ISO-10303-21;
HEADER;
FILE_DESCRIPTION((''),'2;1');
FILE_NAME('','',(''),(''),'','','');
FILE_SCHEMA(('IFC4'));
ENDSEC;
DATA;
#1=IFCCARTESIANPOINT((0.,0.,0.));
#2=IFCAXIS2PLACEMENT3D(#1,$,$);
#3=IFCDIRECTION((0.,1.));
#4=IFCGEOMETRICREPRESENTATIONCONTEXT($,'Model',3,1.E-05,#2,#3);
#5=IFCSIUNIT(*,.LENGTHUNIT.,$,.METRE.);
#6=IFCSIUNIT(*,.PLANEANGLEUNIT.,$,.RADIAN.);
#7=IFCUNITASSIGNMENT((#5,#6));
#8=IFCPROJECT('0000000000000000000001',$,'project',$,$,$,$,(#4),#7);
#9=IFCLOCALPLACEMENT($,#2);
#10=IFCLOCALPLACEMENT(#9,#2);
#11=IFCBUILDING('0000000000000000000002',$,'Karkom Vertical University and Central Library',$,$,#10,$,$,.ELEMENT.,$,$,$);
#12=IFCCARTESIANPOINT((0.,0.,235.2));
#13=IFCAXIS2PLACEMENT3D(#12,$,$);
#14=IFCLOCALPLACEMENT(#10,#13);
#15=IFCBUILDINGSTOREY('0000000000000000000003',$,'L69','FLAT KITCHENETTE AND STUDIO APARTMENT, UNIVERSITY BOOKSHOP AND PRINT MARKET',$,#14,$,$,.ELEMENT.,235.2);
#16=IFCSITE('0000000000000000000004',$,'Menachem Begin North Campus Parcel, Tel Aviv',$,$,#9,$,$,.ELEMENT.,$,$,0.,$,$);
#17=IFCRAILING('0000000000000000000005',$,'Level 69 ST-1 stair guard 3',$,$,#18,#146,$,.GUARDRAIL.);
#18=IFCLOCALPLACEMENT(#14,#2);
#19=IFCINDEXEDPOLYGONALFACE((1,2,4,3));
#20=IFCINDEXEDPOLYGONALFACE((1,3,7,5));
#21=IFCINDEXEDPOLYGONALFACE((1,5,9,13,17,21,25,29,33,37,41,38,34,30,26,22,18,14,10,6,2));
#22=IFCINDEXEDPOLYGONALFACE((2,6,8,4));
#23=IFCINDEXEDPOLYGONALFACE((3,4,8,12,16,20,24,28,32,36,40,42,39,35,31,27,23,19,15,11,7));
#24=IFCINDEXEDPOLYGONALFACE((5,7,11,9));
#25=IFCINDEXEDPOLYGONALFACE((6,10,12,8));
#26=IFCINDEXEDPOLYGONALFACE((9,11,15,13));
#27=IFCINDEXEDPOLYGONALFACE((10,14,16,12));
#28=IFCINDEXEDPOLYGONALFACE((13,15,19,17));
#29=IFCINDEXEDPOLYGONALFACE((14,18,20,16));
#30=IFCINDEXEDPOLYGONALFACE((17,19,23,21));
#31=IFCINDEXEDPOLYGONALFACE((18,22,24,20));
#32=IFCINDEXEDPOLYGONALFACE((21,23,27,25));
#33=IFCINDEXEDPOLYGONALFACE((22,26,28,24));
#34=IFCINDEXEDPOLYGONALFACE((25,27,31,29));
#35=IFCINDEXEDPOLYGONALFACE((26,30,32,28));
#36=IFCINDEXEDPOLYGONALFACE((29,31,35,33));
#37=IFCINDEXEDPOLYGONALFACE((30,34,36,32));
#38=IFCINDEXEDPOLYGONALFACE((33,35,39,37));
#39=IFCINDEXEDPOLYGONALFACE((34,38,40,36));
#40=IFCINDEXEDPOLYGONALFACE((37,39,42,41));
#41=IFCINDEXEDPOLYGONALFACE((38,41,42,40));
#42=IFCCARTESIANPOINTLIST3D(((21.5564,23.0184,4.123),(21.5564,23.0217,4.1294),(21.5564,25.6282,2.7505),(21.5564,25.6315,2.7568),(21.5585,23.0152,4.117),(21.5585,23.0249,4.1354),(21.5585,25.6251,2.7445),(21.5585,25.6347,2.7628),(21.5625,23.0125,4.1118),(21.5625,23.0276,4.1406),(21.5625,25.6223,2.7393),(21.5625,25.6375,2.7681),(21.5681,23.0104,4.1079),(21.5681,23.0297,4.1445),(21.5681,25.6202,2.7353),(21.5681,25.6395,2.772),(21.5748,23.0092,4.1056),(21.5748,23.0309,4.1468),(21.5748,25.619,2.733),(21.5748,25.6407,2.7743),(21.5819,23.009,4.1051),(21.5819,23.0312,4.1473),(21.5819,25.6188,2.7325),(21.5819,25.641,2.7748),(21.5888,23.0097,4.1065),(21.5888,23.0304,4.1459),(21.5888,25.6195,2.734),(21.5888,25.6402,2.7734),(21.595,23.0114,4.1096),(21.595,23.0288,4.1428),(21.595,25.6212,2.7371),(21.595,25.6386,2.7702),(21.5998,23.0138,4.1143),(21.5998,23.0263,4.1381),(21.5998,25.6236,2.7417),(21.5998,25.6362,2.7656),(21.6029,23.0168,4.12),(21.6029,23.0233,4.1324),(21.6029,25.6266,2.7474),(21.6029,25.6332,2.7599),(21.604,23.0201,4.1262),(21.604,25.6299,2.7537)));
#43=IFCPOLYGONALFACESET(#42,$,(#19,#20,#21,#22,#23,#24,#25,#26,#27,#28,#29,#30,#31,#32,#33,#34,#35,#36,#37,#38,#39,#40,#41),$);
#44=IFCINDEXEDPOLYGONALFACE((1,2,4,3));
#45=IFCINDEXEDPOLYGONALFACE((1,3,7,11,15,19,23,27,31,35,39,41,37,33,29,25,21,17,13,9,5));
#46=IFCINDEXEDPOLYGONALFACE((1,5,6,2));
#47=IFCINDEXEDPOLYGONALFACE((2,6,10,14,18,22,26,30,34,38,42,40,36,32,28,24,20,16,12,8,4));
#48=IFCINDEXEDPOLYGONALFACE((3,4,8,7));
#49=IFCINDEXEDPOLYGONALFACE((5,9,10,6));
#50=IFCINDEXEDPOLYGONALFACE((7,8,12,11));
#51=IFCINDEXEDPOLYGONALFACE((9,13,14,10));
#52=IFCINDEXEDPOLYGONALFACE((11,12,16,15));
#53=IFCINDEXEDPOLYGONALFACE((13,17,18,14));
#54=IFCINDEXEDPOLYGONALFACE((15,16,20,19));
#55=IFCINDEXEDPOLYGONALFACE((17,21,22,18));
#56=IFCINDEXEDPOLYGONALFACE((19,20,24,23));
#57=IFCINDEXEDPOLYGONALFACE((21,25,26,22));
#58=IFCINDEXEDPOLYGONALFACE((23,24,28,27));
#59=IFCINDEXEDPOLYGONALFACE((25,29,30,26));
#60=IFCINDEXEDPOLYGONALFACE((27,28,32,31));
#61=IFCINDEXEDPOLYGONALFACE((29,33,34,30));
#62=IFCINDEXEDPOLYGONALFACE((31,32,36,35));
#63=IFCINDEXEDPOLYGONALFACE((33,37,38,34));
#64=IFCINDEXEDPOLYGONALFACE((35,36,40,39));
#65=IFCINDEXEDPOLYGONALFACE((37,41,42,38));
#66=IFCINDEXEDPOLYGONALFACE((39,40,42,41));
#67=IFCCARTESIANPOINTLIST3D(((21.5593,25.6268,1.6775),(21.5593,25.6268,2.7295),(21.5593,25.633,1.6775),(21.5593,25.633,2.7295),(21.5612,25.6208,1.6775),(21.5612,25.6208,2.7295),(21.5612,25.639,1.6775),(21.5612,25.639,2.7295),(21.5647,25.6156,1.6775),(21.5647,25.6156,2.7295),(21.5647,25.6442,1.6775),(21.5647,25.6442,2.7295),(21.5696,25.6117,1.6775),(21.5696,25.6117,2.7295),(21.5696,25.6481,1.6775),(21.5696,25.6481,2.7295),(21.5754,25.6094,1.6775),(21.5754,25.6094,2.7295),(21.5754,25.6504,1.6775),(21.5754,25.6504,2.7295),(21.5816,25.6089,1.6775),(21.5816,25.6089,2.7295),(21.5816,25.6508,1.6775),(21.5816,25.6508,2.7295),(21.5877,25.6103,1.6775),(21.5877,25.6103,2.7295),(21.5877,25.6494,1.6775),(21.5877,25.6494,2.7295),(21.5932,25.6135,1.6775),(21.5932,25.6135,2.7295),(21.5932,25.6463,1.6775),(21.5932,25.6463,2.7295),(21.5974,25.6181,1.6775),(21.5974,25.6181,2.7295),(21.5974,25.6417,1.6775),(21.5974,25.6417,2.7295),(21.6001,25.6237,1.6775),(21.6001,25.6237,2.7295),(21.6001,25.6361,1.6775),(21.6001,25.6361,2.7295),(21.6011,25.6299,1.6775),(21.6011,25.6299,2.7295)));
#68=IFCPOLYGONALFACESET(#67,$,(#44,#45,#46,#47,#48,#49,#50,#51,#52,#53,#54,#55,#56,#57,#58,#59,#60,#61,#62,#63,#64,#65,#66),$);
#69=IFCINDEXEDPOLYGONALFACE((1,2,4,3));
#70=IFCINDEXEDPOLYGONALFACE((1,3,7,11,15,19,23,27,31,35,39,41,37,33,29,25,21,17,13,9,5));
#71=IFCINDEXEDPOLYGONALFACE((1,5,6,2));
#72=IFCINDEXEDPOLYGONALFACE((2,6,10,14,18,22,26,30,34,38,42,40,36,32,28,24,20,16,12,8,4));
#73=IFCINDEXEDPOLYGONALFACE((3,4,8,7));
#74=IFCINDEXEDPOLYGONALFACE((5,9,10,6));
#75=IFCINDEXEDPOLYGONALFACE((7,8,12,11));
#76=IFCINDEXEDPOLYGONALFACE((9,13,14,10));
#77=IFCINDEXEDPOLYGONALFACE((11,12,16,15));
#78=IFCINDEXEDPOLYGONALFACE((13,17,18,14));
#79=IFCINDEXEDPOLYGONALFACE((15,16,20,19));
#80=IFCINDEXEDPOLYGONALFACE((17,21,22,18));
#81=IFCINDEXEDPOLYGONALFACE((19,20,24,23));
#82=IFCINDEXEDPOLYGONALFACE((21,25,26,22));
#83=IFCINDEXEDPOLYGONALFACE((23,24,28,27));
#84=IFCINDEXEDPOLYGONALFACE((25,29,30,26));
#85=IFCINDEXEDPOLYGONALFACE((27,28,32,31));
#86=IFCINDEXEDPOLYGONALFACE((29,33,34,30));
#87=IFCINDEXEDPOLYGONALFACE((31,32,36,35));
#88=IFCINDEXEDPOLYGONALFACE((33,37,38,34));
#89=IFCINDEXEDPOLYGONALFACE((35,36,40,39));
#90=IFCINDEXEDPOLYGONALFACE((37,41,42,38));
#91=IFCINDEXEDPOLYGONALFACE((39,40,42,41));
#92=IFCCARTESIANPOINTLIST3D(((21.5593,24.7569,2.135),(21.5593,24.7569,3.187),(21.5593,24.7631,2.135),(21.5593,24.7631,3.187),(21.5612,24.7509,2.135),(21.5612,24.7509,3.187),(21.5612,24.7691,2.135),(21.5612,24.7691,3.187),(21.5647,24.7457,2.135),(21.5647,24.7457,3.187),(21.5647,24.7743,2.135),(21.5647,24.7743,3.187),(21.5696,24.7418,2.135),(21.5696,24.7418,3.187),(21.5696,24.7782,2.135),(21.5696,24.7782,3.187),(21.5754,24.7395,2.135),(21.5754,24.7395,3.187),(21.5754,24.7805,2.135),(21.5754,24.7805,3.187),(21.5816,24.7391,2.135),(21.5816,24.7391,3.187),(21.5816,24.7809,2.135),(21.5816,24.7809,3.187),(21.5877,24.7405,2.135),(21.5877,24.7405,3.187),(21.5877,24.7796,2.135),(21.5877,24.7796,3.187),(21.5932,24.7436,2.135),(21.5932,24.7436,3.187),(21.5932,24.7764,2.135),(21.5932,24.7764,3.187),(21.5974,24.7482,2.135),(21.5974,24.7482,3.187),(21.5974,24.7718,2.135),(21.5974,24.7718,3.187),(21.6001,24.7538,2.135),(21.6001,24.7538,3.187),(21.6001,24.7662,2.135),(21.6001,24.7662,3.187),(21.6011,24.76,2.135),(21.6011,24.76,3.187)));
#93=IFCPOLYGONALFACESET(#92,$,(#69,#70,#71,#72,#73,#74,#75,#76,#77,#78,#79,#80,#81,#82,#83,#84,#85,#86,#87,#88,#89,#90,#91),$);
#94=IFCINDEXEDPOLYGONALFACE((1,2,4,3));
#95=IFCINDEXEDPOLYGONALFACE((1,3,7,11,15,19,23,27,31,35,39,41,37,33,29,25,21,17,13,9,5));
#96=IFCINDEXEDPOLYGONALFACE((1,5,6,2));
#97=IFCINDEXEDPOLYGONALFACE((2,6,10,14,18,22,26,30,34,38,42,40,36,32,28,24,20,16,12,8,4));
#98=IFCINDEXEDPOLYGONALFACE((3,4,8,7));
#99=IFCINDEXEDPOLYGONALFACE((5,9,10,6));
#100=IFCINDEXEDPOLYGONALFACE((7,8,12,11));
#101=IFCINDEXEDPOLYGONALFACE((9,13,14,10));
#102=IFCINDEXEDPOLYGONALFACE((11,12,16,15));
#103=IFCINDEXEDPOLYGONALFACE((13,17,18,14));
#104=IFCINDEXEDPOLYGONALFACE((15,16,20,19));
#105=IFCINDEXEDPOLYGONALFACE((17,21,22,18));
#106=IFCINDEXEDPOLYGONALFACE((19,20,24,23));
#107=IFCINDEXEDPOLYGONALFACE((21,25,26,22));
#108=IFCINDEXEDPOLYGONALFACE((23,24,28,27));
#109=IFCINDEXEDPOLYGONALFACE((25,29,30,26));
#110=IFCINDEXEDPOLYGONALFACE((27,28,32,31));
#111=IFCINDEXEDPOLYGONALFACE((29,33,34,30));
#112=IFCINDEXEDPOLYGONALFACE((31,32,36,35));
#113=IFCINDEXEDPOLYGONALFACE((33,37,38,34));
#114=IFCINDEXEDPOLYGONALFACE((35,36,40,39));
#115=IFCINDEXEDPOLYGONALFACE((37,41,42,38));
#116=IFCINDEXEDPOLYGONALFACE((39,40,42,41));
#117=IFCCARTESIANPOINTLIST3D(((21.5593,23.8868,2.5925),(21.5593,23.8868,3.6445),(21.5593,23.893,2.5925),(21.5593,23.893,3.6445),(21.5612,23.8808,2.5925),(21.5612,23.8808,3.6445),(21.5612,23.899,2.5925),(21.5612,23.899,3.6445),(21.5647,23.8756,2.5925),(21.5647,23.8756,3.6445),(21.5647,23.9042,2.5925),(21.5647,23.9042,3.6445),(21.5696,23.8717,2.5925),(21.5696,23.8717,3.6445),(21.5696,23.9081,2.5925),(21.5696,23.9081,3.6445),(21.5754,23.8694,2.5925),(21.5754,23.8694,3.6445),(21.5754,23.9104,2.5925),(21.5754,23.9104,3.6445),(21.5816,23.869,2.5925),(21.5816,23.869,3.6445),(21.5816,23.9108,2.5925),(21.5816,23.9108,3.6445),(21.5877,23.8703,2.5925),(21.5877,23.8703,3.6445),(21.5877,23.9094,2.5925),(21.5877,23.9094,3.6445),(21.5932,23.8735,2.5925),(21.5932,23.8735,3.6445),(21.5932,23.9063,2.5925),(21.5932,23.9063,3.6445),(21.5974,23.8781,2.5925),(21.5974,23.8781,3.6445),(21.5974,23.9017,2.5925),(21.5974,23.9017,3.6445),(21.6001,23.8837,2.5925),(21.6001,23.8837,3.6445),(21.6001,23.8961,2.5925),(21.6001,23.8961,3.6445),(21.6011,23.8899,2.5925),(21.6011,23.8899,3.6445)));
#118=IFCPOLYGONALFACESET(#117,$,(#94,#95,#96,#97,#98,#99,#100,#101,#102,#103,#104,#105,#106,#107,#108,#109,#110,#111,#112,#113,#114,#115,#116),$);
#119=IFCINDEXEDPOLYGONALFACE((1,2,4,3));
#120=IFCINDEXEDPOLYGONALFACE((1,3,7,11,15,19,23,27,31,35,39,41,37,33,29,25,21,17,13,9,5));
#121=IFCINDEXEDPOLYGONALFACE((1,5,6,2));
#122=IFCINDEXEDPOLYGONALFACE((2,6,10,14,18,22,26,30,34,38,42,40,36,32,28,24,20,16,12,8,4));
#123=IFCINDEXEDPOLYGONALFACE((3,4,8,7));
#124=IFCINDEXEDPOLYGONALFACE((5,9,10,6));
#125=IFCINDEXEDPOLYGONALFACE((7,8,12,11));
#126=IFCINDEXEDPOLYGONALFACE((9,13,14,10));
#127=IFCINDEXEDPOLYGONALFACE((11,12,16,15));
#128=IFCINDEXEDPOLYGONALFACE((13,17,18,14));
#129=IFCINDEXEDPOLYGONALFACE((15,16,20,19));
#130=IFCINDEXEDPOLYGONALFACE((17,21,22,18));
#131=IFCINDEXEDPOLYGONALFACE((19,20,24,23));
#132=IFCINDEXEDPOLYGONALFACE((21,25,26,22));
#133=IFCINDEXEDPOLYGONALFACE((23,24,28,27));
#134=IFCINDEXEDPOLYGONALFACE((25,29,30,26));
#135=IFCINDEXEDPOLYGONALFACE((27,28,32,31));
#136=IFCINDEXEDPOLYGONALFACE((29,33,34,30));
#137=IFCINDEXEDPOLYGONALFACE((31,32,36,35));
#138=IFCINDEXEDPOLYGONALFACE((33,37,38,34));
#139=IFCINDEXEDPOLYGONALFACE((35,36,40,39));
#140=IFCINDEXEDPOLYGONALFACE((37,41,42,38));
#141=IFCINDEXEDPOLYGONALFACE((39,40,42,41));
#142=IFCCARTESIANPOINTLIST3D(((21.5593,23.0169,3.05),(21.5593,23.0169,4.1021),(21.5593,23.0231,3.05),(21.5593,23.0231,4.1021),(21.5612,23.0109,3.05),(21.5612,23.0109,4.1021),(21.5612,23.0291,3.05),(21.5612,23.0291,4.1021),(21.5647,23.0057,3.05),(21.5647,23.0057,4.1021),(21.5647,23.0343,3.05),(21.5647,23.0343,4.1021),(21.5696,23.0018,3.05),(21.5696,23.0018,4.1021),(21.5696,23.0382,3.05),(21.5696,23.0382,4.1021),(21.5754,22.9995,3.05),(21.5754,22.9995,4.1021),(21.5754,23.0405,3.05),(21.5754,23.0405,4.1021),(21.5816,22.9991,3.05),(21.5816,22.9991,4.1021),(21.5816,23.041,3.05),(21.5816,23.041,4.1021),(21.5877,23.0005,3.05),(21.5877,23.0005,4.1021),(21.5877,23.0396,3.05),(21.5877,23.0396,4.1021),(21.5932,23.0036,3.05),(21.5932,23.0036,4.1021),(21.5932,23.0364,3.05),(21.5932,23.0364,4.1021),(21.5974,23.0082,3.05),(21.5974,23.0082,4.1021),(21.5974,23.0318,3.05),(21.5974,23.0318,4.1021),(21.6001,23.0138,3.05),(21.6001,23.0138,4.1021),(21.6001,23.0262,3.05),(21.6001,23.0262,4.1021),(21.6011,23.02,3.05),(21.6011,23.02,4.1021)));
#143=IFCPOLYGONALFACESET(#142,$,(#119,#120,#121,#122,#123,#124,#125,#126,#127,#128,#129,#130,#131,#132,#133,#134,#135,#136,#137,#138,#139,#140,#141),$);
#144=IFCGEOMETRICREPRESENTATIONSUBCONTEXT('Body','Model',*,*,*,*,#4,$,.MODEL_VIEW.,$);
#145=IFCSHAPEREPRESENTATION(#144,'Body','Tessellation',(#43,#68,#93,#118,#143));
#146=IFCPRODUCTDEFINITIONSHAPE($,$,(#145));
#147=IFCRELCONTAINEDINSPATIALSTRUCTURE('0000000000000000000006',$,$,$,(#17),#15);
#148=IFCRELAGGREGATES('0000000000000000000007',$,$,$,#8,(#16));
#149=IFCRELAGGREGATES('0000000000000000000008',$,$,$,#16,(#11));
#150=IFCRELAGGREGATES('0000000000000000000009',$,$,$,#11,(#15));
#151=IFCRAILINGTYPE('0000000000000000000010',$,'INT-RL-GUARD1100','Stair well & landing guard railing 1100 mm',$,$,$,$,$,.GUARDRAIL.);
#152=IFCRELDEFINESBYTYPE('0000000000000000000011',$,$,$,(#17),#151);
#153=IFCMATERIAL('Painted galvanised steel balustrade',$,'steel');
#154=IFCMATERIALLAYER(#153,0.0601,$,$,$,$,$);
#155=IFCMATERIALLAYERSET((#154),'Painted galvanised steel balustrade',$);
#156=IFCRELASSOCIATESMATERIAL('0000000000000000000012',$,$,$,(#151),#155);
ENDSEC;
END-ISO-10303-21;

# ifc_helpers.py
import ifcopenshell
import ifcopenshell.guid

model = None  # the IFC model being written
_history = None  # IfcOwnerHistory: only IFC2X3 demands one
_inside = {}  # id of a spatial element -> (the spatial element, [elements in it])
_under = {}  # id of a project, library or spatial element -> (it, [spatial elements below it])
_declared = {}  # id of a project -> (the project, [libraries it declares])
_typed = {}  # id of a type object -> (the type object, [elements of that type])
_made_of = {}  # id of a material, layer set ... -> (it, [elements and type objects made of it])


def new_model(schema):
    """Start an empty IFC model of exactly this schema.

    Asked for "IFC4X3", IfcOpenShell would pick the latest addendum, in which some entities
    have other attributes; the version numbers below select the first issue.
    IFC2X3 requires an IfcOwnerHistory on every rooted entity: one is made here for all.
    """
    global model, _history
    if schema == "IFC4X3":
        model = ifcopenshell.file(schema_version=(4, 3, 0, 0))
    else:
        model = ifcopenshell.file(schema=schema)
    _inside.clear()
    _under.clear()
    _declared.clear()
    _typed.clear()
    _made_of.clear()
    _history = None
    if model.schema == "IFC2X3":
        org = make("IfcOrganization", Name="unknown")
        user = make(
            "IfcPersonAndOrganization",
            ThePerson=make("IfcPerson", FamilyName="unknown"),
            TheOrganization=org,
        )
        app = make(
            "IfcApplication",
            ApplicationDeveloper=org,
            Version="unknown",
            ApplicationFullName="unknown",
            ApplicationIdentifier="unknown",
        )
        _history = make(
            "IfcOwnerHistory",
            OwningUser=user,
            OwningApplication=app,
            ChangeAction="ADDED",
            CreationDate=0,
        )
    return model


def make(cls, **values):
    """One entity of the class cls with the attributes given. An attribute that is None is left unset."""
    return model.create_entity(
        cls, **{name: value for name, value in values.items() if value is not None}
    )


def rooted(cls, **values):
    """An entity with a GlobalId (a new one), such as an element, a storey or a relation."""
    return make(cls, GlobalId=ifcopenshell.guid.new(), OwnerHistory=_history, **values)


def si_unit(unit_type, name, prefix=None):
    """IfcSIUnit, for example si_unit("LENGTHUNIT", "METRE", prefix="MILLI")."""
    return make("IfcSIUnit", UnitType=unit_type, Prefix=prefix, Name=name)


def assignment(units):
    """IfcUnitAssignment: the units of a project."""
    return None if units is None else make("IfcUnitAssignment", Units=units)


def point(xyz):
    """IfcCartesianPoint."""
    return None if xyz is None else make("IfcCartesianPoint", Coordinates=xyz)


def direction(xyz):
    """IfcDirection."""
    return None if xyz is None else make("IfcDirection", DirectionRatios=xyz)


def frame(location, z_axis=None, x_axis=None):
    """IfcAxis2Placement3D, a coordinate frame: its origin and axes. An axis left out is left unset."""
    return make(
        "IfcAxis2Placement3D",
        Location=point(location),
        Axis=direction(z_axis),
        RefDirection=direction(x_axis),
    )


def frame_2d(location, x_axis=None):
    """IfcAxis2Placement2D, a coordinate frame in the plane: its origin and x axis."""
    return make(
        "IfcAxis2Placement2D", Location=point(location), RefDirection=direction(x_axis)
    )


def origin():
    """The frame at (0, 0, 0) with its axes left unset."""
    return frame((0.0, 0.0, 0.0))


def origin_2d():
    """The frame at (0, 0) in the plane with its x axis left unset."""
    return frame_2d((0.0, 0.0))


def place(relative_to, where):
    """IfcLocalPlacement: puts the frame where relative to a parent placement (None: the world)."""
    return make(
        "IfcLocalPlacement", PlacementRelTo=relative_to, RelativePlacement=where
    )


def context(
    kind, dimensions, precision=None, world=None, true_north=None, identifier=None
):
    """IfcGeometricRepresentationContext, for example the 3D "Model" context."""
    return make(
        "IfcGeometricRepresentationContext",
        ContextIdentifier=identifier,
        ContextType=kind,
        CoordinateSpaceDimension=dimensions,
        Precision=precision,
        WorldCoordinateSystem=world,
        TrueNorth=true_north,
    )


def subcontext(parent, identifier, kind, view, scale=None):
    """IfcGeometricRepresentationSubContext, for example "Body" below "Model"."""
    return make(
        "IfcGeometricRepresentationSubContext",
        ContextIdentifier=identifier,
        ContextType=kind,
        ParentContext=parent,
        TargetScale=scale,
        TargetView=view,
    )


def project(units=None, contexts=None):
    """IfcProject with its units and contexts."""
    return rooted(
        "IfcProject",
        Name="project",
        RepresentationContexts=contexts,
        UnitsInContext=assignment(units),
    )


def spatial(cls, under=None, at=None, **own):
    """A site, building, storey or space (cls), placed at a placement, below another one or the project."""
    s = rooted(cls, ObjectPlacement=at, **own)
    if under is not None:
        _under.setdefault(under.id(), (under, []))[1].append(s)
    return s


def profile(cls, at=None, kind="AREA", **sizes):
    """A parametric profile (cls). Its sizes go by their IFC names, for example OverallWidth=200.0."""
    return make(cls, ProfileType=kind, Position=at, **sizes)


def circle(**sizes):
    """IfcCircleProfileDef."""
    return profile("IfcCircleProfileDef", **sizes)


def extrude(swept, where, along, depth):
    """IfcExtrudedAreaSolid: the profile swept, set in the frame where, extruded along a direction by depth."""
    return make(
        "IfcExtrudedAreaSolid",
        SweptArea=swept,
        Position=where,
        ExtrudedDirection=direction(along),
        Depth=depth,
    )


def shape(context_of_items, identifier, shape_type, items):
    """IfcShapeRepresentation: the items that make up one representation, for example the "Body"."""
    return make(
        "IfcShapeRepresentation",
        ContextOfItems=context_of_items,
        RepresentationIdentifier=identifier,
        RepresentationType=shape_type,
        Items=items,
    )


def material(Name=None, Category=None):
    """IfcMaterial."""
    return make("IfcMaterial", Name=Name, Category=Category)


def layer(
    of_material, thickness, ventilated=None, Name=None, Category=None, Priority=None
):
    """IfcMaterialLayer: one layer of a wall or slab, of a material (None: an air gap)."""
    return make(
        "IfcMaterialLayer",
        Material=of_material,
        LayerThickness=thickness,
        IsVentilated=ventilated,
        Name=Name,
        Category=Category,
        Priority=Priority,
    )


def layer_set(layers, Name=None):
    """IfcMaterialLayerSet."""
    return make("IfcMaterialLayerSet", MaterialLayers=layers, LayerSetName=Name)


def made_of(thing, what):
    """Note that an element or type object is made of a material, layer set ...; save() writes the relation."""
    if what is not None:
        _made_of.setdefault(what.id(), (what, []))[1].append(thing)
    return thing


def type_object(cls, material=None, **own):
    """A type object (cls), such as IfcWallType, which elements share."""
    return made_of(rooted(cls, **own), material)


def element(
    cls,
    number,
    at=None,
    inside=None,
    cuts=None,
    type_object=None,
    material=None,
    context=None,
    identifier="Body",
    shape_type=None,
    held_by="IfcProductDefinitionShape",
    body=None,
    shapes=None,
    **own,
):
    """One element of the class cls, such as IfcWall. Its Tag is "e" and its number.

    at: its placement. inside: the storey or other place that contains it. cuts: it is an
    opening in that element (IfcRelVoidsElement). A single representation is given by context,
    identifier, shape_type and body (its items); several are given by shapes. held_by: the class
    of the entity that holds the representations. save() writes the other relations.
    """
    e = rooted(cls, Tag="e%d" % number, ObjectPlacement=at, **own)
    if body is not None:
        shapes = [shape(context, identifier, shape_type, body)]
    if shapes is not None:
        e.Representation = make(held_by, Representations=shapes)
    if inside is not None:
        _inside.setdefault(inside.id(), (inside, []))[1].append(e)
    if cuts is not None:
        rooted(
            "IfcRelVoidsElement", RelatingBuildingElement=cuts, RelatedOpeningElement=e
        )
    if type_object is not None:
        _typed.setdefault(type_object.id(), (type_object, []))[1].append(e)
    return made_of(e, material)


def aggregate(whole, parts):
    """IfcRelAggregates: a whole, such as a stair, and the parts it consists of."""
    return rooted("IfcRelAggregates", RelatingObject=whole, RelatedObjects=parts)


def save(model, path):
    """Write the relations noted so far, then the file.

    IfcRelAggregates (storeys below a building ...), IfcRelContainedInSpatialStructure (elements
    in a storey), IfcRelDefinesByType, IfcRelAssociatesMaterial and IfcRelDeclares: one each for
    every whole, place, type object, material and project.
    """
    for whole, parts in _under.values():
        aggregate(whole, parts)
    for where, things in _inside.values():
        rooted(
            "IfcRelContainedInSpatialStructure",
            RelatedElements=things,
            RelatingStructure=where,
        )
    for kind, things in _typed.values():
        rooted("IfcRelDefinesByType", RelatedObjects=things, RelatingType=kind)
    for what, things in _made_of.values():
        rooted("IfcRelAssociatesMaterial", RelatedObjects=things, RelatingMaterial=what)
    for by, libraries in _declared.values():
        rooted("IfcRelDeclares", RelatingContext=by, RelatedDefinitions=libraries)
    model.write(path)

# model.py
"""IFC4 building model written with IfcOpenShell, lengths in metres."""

from ifc_helpers import new_model, si_unit, direction, frame, origin, origin_2d, place, context, subcontext, project, spatial, circle, extrude, material, layer, layer_set, type_object, element, save


model = new_model("IFC4")

# Units and contexts
model_context = context("Model", 3, precision=1e-05, world=origin(), true_north=direction((0.0, 1.0)))
body_context = subcontext(model_context, "Body", "Model", "MODEL_VIEW")
ifc_project = project(units=[si_unit("LENGTHUNIT", "METRE"), si_unit("PLANEANGLEUNIT", "RADIAN")], contexts=[model_context])

# Site, building, storey
site_placement = place(None, origin())
site = spatial("IfcSite", under=ifc_project, at=site_placement, Name="Menachem Begin North Campus Parcel, Tel Aviv", CompositionType="ELEMENT", RefElevation=0.0)
building_placement = place(site_placement, origin())
building = spatial("IfcBuilding", under=site, at=building_placement, Name="Karkom Vertical University and Central Library", CompositionType="ELEMENT")
storey_placement = place(building_placement, frame((0.0, 0.0, 235.2)))
storey = spatial("IfcBuildingStorey", under=building, at=storey_placement, Name="L69", Description="FLAT KITCHENETTE AND STUDIO APARTMENT, UNIVERSITY BOOKSHOP AND PRINT MARKET", CompositionType="ELEMENT", Elevation=235.2)

# Railing
ifc_material_1 = material(Name="Painted galvanised steel balustrade", Category="steel")
ifc_layer_1 = layer(ifc_material_1, 0.0601)
ifc_layer_set_1 = layer_set([ifc_layer_1], Name="Painted galvanised steel balustrade")
railing_type_1 = type_object("IfcRailingType", Name="INT-RL-GUARD1100", Description="Stair well & landing guard railing 1100 mm", PredefinedType="GUARDRAIL", material=ifc_layer_set_1)
railing_1_placement = place(storey_placement, frame((21.5801, 25.6299, 1.6775)))
element("IfcRailing", 1, at=railing_1_placement, inside=storey, type_object=railing_type_1, Name="Level 69 ST-1 stair guard 3", PredefinedType="GUARDRAIL", context=body_context, shape_type="SweptSolid", body=[
    extrude(circle(Radius=0.0239, at=origin_2d()), frame((0.0, 0.0, 1.0762), z_axis=(0.0, -0.885065, 0.465467), x_axis=(1.0, 0.0, 0.0)), (0.0, 0.0, 1.0), 2.9487),
    extrude(circle(Radius=0.021, at=origin_2d()), origin(), (0.0, 0.0, 1.0), 1.052),
    extrude(circle(Radius=0.021, at=origin_2d()), frame((0.0, -0.8699, 0.4575)), (0.0, 0.0, 1.0), 1.052),
    extrude(circle(Radius=0.021, at=origin_2d()), frame((0.0, -1.74, 0.915)), (0.0, 0.0, 1.0), 1.052),
    extrude(circle(Radius=0.021, at=origin_2d()), frame((0.0, -2.6099, 1.3726)), (0.0, 0.0, 1.0), 1.052),
])

save(model, "model.ifc")
